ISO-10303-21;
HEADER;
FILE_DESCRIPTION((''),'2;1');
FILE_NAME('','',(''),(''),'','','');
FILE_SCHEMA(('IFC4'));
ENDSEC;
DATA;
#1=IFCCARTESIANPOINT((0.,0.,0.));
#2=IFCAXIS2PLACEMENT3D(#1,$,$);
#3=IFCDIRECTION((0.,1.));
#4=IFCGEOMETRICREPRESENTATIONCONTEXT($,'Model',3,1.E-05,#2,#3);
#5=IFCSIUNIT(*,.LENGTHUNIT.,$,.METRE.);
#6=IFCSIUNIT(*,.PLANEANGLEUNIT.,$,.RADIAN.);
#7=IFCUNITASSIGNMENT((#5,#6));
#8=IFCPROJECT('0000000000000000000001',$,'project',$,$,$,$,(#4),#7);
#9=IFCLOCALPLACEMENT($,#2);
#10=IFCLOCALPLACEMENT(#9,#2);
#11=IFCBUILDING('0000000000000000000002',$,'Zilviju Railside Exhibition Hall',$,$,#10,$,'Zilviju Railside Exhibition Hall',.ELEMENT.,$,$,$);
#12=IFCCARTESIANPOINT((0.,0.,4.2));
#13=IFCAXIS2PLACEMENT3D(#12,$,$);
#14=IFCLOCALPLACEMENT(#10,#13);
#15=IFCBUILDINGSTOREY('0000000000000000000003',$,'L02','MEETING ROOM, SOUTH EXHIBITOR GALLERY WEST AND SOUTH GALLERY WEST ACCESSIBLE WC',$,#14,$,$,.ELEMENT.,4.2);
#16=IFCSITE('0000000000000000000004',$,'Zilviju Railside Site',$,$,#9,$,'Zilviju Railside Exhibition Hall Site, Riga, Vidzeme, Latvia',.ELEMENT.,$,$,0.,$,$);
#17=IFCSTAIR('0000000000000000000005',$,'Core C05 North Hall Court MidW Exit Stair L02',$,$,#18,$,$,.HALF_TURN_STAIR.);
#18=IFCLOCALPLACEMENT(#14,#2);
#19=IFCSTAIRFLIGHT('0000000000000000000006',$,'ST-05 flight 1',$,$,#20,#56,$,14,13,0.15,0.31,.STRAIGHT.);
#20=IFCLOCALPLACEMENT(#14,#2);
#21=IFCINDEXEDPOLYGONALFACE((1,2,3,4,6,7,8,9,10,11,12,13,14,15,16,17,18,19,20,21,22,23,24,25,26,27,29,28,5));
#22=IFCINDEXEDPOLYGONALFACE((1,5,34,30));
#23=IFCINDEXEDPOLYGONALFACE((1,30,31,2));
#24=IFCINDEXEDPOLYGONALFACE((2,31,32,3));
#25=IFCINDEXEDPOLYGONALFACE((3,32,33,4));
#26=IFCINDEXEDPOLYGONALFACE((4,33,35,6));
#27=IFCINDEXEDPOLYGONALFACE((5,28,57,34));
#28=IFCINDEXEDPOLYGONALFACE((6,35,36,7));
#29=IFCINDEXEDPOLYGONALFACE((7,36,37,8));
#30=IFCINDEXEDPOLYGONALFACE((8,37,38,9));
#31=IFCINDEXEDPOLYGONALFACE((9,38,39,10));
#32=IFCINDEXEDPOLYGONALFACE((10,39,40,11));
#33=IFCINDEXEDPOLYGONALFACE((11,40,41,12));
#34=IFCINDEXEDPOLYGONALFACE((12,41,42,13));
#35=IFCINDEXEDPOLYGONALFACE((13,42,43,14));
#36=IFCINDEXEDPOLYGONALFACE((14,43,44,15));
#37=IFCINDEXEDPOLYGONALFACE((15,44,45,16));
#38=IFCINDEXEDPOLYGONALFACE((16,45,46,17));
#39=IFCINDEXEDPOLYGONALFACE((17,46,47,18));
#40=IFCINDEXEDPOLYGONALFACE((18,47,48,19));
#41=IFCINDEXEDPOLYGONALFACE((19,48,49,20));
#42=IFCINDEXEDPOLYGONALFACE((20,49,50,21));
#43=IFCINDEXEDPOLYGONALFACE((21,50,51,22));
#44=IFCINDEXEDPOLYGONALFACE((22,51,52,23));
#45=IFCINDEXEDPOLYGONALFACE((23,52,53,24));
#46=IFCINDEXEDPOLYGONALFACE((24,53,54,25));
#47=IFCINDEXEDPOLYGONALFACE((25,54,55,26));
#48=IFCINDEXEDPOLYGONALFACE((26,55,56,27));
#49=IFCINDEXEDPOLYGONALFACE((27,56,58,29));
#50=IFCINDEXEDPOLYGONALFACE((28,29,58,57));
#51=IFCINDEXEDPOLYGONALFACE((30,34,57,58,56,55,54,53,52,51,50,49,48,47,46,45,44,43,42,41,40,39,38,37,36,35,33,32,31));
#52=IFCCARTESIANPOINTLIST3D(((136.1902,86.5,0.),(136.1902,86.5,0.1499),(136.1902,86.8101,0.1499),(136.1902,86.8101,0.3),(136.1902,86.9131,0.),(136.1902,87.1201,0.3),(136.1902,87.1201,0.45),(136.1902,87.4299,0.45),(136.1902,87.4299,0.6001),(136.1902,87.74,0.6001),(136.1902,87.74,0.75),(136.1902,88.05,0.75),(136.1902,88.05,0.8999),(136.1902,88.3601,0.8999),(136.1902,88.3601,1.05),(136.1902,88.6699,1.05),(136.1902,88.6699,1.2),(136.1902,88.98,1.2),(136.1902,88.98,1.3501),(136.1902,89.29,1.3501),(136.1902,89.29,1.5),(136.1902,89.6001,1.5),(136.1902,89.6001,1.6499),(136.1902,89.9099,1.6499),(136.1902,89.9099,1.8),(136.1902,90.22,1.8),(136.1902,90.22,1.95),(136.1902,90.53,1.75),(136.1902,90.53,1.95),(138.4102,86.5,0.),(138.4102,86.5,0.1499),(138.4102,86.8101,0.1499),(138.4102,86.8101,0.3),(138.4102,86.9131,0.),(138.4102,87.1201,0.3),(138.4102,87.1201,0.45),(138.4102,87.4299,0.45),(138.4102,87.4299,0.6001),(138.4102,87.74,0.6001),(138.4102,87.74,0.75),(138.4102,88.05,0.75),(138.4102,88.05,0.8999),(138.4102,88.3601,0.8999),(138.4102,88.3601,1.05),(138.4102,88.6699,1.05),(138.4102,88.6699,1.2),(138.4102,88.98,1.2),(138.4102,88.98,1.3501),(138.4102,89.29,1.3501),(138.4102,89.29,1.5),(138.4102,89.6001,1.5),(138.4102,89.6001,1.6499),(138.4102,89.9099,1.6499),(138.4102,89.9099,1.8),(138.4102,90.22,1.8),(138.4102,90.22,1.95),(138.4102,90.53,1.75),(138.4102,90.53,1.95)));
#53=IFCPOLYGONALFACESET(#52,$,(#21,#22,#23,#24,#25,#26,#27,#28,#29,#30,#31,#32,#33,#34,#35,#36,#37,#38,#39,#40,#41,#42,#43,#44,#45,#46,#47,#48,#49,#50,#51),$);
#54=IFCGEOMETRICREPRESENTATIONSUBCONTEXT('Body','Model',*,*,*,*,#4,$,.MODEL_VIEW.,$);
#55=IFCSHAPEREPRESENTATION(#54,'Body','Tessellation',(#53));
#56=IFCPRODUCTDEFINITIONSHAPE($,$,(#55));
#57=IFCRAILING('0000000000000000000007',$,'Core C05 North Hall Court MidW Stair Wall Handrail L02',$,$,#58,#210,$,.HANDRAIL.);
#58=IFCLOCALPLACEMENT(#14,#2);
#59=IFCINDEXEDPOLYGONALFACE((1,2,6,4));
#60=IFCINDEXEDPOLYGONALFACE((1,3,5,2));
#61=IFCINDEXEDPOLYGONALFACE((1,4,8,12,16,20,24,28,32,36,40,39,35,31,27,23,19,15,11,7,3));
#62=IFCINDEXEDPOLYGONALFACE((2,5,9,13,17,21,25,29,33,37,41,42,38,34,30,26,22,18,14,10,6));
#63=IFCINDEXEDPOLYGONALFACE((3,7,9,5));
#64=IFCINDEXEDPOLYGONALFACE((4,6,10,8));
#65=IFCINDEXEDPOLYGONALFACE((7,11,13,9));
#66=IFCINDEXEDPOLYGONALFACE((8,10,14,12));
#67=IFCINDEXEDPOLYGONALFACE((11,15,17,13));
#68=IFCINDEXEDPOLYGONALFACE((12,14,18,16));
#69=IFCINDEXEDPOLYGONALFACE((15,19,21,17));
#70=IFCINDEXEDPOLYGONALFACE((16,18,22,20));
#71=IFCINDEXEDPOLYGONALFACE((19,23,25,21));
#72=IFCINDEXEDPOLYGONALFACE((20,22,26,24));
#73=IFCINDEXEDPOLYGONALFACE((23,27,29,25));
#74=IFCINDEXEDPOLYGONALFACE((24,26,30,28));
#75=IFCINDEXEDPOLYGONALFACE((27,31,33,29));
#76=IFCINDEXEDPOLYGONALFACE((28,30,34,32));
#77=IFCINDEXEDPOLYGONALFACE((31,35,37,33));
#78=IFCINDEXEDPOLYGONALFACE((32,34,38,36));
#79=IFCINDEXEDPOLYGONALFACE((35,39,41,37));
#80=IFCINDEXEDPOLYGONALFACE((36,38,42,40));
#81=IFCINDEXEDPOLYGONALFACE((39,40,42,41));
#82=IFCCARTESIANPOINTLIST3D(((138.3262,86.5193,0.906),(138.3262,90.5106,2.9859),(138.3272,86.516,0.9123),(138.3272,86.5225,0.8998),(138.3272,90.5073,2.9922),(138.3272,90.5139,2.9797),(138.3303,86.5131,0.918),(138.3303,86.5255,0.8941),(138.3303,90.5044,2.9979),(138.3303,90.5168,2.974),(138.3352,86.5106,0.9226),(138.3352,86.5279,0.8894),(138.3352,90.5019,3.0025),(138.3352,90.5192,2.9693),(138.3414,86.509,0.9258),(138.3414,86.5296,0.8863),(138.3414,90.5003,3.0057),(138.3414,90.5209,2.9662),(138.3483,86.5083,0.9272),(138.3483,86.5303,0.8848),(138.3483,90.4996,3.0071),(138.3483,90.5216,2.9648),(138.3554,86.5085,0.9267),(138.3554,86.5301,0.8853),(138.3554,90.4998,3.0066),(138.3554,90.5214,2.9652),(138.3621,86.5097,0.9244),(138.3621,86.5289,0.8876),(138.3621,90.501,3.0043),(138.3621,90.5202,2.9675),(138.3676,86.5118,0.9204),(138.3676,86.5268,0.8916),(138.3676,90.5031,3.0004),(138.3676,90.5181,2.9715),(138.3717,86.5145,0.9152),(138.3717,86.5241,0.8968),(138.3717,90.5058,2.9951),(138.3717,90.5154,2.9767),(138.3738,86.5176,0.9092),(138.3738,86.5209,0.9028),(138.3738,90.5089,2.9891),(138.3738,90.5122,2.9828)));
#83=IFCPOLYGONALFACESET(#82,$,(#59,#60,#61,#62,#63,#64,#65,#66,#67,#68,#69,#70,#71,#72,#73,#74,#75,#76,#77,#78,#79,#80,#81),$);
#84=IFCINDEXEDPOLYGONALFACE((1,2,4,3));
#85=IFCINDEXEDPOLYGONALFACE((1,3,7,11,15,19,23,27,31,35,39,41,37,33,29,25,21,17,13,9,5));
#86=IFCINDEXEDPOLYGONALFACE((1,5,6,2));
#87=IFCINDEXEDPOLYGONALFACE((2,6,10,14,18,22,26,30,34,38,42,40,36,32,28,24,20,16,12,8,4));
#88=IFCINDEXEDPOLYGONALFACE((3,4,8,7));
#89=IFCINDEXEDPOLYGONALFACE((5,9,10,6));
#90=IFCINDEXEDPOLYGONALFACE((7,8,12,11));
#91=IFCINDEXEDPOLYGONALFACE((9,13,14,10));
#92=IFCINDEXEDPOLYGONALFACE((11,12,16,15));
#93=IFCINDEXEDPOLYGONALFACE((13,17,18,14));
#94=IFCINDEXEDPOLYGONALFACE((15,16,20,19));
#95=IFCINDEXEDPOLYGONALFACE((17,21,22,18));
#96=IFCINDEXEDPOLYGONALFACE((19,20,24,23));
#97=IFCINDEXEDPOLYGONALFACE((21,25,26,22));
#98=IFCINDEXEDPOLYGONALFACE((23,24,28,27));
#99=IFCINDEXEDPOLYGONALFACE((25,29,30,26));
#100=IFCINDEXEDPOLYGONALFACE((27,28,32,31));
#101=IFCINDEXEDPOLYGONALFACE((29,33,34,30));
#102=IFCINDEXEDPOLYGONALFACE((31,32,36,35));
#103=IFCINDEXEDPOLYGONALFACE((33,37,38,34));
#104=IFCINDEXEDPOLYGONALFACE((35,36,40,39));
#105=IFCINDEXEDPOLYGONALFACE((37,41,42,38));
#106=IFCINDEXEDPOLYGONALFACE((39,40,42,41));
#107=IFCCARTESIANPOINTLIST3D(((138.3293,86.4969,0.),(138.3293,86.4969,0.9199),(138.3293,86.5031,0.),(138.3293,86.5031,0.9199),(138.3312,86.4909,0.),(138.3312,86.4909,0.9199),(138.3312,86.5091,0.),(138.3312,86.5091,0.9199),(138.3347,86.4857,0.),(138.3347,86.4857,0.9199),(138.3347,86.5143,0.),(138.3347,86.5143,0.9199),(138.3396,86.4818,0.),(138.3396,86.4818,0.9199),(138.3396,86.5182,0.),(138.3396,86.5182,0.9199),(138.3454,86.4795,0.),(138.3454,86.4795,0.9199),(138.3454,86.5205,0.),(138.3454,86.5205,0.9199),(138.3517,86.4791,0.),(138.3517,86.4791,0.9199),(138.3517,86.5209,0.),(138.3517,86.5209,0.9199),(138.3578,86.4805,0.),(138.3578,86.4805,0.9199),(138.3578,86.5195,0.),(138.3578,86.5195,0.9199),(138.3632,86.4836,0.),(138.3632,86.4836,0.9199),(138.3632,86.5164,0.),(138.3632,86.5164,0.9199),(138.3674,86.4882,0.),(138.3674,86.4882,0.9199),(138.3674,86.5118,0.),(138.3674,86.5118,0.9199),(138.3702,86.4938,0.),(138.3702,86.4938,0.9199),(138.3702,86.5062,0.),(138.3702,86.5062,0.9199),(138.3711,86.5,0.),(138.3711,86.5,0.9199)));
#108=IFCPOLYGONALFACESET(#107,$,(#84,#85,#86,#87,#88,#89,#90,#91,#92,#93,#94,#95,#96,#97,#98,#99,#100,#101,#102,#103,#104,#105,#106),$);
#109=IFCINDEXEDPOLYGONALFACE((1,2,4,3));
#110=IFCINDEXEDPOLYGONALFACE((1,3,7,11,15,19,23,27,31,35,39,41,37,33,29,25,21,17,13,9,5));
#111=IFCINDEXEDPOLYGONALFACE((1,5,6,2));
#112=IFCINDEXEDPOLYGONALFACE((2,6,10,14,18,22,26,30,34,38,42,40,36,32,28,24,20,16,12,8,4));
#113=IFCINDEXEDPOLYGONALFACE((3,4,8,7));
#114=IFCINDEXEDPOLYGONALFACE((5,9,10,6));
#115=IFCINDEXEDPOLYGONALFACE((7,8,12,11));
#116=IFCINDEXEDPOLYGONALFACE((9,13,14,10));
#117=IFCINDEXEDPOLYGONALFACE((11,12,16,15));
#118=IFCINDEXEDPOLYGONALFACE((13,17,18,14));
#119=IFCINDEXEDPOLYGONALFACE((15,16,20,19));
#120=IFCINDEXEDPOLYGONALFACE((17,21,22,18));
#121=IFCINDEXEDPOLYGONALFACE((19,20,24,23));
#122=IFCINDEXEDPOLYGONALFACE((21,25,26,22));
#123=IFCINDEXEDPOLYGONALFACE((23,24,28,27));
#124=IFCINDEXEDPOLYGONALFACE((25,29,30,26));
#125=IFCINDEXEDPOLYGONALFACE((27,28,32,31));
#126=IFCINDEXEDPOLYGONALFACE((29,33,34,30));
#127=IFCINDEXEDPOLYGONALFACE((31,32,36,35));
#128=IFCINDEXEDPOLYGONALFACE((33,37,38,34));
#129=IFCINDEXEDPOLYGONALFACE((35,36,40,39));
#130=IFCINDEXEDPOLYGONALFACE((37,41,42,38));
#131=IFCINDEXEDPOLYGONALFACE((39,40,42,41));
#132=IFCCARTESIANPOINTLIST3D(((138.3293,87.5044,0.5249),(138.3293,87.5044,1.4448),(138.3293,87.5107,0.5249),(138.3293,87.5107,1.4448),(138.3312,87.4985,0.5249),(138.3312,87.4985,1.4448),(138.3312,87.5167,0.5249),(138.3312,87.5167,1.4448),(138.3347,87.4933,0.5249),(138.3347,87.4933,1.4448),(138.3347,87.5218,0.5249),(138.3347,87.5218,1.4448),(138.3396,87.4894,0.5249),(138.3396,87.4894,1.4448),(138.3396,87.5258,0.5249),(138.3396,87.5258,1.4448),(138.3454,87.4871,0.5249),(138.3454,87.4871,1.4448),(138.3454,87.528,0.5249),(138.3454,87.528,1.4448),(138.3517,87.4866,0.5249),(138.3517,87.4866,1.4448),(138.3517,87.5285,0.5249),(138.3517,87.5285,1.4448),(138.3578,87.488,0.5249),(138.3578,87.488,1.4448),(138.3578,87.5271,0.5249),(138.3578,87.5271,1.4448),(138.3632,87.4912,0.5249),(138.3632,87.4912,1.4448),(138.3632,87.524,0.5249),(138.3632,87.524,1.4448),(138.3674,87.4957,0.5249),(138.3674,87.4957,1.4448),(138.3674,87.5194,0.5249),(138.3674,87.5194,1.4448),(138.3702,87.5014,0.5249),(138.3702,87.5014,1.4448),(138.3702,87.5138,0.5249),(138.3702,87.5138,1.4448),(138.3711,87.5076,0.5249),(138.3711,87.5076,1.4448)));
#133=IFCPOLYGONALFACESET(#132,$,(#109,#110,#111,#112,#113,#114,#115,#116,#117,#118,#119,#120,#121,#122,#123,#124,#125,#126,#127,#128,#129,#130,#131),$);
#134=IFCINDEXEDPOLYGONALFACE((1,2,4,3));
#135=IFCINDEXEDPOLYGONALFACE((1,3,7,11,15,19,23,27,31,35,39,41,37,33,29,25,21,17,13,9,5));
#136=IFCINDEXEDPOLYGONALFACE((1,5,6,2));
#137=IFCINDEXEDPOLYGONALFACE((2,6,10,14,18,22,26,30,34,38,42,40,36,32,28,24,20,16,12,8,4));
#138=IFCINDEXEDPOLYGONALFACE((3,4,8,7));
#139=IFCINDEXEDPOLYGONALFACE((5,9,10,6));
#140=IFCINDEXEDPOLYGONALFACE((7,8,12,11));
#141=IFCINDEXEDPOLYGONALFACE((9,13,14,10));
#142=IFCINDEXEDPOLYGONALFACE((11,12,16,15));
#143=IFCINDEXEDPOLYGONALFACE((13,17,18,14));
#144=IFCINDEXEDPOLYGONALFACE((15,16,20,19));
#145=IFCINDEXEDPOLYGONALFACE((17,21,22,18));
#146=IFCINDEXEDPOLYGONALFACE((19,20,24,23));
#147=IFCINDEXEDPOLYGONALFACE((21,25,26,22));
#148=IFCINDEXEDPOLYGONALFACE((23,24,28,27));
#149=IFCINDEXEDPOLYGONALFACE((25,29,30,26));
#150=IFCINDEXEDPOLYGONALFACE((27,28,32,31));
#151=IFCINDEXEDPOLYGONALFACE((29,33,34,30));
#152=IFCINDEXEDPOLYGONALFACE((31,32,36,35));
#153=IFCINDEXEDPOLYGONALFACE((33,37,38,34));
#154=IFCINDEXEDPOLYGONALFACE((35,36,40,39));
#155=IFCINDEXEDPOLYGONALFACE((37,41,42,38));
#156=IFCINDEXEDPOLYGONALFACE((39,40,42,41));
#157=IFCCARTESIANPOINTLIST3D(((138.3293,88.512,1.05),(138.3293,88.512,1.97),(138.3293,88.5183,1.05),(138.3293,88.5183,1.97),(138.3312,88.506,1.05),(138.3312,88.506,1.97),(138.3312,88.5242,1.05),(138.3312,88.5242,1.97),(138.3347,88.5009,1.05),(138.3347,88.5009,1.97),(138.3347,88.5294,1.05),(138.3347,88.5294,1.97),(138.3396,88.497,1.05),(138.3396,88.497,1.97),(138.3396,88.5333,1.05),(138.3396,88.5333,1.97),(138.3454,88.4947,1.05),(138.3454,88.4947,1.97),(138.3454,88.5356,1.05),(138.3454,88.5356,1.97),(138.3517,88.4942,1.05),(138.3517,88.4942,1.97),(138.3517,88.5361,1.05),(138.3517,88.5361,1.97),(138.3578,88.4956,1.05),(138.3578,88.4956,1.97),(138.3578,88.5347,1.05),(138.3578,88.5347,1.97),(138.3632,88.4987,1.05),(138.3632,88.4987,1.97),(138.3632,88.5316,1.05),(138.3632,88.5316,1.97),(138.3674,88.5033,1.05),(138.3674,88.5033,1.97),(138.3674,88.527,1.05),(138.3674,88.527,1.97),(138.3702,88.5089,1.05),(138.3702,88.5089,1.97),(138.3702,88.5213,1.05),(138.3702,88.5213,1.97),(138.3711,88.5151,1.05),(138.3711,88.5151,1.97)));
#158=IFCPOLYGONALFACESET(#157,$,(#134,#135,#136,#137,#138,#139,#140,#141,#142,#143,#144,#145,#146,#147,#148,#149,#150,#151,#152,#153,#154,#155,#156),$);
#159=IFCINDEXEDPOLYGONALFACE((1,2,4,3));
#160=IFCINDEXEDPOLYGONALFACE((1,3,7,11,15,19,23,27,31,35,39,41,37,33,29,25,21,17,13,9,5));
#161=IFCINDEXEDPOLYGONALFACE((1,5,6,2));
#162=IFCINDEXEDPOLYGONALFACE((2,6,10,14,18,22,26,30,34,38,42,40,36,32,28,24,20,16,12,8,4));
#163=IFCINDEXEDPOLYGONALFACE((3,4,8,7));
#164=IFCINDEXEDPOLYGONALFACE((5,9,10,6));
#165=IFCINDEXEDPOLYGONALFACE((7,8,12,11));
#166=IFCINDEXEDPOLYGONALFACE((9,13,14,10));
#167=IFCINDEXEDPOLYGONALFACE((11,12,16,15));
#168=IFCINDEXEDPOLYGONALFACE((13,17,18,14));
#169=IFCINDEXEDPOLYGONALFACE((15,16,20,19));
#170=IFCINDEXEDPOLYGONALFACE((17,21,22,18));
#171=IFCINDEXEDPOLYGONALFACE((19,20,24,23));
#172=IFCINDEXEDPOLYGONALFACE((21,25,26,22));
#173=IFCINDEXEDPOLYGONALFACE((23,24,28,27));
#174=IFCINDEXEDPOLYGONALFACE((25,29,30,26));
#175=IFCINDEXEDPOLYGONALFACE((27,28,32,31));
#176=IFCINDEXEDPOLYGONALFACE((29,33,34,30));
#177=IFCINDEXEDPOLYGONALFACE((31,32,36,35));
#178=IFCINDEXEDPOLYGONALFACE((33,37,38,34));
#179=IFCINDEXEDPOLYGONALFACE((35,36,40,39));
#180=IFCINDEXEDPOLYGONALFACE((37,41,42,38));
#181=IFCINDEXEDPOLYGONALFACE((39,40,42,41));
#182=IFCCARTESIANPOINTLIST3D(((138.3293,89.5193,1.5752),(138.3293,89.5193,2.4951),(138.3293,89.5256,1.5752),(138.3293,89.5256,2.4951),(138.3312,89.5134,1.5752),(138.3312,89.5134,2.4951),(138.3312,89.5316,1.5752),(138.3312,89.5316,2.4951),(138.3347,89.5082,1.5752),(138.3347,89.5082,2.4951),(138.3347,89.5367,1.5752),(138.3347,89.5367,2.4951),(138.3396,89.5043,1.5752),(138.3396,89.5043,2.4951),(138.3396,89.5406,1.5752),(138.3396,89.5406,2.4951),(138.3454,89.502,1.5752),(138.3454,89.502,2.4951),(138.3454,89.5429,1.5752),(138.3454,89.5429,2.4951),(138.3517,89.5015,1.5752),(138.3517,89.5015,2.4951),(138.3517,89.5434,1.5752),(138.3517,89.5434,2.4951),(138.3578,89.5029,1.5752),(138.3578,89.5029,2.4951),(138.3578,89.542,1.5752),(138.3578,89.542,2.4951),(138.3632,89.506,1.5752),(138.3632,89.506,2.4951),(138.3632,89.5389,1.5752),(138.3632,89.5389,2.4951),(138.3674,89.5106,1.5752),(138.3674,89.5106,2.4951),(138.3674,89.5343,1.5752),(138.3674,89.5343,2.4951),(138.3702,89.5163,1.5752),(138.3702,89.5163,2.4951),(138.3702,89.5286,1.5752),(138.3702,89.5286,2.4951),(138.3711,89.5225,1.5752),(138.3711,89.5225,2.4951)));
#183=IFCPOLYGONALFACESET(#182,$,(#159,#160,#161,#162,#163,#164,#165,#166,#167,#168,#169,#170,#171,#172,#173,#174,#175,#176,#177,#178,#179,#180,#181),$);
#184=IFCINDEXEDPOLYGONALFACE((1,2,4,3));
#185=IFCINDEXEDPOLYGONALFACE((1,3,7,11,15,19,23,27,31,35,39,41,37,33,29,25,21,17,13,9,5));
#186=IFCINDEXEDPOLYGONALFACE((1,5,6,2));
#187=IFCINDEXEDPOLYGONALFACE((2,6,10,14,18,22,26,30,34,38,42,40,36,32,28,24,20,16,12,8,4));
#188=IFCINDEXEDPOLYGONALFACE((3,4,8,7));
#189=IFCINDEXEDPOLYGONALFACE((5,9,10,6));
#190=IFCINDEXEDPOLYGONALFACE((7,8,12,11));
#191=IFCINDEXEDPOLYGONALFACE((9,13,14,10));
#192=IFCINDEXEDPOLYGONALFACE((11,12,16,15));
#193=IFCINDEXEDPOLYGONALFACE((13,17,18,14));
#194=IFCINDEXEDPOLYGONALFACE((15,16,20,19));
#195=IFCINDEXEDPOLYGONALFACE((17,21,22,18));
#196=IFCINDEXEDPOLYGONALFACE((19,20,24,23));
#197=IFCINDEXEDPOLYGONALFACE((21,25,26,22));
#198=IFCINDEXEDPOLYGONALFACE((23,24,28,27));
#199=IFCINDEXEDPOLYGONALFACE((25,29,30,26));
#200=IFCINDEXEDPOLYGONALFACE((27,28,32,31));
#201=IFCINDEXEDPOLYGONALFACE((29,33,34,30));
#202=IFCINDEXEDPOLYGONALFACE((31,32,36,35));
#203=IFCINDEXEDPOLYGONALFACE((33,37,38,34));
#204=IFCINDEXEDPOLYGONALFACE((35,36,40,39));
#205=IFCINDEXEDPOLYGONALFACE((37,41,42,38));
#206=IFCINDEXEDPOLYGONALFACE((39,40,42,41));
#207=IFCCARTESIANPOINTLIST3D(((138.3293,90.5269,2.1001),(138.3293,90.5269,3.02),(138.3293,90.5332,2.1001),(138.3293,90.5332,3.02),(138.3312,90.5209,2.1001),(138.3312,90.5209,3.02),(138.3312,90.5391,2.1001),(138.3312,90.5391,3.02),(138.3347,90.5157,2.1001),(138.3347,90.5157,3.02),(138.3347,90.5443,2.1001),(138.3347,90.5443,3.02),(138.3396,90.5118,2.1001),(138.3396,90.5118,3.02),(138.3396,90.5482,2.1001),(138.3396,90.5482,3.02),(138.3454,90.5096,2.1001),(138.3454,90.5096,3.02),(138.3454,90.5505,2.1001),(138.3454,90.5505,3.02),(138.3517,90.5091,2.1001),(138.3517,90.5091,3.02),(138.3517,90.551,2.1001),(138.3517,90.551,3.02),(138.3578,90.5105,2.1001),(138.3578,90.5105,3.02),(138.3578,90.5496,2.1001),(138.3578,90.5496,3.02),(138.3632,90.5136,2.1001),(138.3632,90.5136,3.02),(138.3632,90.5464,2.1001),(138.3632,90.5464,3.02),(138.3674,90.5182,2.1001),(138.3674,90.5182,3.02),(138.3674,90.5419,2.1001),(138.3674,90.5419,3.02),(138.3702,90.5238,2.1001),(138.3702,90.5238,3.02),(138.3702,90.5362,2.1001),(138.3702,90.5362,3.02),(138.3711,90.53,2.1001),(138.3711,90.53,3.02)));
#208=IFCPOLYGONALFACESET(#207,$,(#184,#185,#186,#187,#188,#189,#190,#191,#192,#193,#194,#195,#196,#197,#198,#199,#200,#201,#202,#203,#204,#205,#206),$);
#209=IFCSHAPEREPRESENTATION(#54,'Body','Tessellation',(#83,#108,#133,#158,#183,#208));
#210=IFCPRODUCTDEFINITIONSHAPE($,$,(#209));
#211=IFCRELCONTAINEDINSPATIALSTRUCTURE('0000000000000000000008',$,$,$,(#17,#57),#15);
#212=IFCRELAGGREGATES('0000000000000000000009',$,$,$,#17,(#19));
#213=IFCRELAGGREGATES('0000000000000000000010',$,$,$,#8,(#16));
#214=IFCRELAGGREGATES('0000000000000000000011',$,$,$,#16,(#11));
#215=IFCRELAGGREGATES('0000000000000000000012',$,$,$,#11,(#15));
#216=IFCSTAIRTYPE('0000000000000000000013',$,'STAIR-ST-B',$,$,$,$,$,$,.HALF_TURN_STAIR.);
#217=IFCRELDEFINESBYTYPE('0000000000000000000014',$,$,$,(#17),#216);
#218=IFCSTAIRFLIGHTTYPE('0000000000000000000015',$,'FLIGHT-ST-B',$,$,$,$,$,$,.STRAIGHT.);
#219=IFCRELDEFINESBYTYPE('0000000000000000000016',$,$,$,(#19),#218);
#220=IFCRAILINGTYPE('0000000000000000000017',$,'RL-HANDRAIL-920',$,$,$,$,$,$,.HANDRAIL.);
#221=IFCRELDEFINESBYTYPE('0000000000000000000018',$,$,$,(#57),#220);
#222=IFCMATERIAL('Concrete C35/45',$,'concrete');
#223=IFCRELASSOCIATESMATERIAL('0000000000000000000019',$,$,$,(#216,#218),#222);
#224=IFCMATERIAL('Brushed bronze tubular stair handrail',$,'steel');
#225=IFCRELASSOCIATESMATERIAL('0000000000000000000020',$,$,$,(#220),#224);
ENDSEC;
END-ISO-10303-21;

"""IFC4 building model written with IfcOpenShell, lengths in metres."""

from ifc_helpers import new_model, si_unit, direction, frame, origin, origin_2d, place, context, subcontext, project, spatial, polyline, circle, outline, extrude, material, type_object, element, aggregate, save


model = new_model("IFC4")

# Units and contexts
model_context = context("Model", 3, precision=1e-05, world=origin(), true_north=direction((0.0, 1.0)))
body_context = subcontext(model_context, "Body", "Model", "MODEL_VIEW")
ifc_project = project(units=[si_unit("LENGTHUNIT", "METRE"), si_unit("PLANEANGLEUNIT", "RADIAN")], contexts=[model_context])

# Site, building, storey
site_placement = place(None, origin())
site = spatial("IfcSite", under=ifc_project, at=site_placement, Name="Zilviju Railside Site", LongName="Zilviju Railside Exhibition Hall Site, Riga, Vidzeme, Latvia", CompositionType="ELEMENT", RefElevation=0.0)
building_placement = place(site_placement, origin())
building = spatial("IfcBuilding", under=site, at=building_placement, Name="Zilviju Railside Exhibition Hall", LongName="Zilviju Railside Exhibition Hall", CompositionType="ELEMENT")
storey_placement = place(building_placement, frame((0.0, 0.0, 4.2)))
storey = spatial("IfcBuildingStorey", under=building, at=storey_placement, Name="L02", Description="MEETING ROOM, SOUTH EXHIBITOR GALLERY WEST AND SOUTH GALLERY WEST ACCESSIBLE WC", CompositionType="ELEMENT", Elevation=4.2)

# Shared definitions
ifc_material_1 = material(Name="Concrete C35/45", Category="concrete")

# Stair, stair flight
stair_type = type_object("IfcStairType", Name="STAIR-ST-B", PredefinedType="HALF_TURN_STAIR", material=ifc_material_1)
stair_placement = place(storey_placement, origin())
stair = element("IfcStair", 1, at=stair_placement, inside=storey, type_object=stair_type, Name="Core C05 North Hall Court MidW Exit Stair L02", PredefinedType="HALF_TURN_STAIR")
stair_flight_type = type_object("IfcStairFlightType", Name="FLIGHT-ST-B", PredefinedType="STRAIGHT", material=ifc_material_1)
stair_flight_placement = place(storey_placement, frame((137.3, 86.5, 0.0), z_axis=(0.0, 0.0, 1.0), x_axis=(0.0, 1.0, 0.0)))
stair_flight = element("IfcStairFlight", 2, at=stair_flight_placement, type_object=stair_flight_type, Name="ST-05 flight 1", NumberOfRisers=14, NumberOfTreads=13, PredefinedType="STRAIGHT", RiserHeight=0.15, TreadLength=0.31, context=body_context, shape_type="SweptSolid", body=[
    extrude(outline(polyline([(0.0, 0.0), (0.0, 0.1499), (0.3101, 0.1499), (0.3101, 0.3), (0.6201, 0.3), (0.6201, 0.45), (0.9299, 0.45), (0.9299, 0.6001), (1.24, 0.6001), (1.24, 0.75), (1.55, 0.75), (1.55, 0.8999), (1.8601, 0.8999), (1.8601, 1.05), (2.1699, 1.05), (2.1699, 1.2), (2.48, 1.2), (2.48, 1.3501), (2.79, 1.3501), (2.79, 1.5), (3.1001, 1.5), (3.1001, 1.6499), (3.4099, 1.6499), (3.4099, 1.8), (3.72, 1.8), (3.72, 1.95), (4.03, 1.95), (4.03, 2.1001), (4.03, 1.75), (0.4131, 0.0), (0.0, 0.0)])), frame((0.0, 1.1099, 0.0), z_axis=(0.0, -1.0, 0.0), x_axis=(1.0, 0.0, 0.0)), (0.0, 0.0, 1.0), 2.22),
])
aggregate(stair, [stair_flight])

# Railing
ifc_material_2 = material(Name="Brushed bronze tubular stair handrail", Category="steel")
railing_type_1 = type_object("IfcRailingType", Name="RL-HANDRAIL-920", PredefinedType="HANDRAIL", material=ifc_material_2)
railing_1_placement = place(storey_placement, frame((138.3501, 86.5, 0.0)))
element("IfcRailing", 3, at=railing_1_placement, inside=storey, type_object=railing_type_1, Name="Core C05 North Hall Court MidW Stair Wall Handrail L02", PredefinedType="HANDRAIL", context=body_context, shape_type="SweptSolid", body=[
    extrude(circle(Radius=0.0239, at=origin_2d()), frame((0.0, 0.0193, 0.906), z_axis=(0.0, 0.886813, 0.462129), x_axis=(-1.0, 0.0, 0.0)), (0.0, 0.0, 1.0), 4.5007),
    extrude(circle(Radius=0.021, at=origin_2d()), origin(), (0.0, 0.0, 1.0), 0.9199),
    extrude(circle(Radius=0.021, at=origin_2d()), frame((0.0, 1.0076, 0.5249)), (0.0, 0.0, 1.0), 0.9199),
    extrude(circle(Radius=0.021, at=origin_2d()), frame((0.0, 2.0151, 1.05)), (0.0, 0.0, 1.0), 0.9199),
    extrude(circle(Radius=0.021, at=origin_2d()), frame((0.0, 3.0225, 1.5752)), (0.0, 0.0, 1.0), 0.9199),
    extrude(circle(Radius=0.021, at=origin_2d()), frame((0.0, 4.03, 2.1001)), (0.0, 0.0, 1.0), 0.9199),
])

save(model, "model.ifc")
